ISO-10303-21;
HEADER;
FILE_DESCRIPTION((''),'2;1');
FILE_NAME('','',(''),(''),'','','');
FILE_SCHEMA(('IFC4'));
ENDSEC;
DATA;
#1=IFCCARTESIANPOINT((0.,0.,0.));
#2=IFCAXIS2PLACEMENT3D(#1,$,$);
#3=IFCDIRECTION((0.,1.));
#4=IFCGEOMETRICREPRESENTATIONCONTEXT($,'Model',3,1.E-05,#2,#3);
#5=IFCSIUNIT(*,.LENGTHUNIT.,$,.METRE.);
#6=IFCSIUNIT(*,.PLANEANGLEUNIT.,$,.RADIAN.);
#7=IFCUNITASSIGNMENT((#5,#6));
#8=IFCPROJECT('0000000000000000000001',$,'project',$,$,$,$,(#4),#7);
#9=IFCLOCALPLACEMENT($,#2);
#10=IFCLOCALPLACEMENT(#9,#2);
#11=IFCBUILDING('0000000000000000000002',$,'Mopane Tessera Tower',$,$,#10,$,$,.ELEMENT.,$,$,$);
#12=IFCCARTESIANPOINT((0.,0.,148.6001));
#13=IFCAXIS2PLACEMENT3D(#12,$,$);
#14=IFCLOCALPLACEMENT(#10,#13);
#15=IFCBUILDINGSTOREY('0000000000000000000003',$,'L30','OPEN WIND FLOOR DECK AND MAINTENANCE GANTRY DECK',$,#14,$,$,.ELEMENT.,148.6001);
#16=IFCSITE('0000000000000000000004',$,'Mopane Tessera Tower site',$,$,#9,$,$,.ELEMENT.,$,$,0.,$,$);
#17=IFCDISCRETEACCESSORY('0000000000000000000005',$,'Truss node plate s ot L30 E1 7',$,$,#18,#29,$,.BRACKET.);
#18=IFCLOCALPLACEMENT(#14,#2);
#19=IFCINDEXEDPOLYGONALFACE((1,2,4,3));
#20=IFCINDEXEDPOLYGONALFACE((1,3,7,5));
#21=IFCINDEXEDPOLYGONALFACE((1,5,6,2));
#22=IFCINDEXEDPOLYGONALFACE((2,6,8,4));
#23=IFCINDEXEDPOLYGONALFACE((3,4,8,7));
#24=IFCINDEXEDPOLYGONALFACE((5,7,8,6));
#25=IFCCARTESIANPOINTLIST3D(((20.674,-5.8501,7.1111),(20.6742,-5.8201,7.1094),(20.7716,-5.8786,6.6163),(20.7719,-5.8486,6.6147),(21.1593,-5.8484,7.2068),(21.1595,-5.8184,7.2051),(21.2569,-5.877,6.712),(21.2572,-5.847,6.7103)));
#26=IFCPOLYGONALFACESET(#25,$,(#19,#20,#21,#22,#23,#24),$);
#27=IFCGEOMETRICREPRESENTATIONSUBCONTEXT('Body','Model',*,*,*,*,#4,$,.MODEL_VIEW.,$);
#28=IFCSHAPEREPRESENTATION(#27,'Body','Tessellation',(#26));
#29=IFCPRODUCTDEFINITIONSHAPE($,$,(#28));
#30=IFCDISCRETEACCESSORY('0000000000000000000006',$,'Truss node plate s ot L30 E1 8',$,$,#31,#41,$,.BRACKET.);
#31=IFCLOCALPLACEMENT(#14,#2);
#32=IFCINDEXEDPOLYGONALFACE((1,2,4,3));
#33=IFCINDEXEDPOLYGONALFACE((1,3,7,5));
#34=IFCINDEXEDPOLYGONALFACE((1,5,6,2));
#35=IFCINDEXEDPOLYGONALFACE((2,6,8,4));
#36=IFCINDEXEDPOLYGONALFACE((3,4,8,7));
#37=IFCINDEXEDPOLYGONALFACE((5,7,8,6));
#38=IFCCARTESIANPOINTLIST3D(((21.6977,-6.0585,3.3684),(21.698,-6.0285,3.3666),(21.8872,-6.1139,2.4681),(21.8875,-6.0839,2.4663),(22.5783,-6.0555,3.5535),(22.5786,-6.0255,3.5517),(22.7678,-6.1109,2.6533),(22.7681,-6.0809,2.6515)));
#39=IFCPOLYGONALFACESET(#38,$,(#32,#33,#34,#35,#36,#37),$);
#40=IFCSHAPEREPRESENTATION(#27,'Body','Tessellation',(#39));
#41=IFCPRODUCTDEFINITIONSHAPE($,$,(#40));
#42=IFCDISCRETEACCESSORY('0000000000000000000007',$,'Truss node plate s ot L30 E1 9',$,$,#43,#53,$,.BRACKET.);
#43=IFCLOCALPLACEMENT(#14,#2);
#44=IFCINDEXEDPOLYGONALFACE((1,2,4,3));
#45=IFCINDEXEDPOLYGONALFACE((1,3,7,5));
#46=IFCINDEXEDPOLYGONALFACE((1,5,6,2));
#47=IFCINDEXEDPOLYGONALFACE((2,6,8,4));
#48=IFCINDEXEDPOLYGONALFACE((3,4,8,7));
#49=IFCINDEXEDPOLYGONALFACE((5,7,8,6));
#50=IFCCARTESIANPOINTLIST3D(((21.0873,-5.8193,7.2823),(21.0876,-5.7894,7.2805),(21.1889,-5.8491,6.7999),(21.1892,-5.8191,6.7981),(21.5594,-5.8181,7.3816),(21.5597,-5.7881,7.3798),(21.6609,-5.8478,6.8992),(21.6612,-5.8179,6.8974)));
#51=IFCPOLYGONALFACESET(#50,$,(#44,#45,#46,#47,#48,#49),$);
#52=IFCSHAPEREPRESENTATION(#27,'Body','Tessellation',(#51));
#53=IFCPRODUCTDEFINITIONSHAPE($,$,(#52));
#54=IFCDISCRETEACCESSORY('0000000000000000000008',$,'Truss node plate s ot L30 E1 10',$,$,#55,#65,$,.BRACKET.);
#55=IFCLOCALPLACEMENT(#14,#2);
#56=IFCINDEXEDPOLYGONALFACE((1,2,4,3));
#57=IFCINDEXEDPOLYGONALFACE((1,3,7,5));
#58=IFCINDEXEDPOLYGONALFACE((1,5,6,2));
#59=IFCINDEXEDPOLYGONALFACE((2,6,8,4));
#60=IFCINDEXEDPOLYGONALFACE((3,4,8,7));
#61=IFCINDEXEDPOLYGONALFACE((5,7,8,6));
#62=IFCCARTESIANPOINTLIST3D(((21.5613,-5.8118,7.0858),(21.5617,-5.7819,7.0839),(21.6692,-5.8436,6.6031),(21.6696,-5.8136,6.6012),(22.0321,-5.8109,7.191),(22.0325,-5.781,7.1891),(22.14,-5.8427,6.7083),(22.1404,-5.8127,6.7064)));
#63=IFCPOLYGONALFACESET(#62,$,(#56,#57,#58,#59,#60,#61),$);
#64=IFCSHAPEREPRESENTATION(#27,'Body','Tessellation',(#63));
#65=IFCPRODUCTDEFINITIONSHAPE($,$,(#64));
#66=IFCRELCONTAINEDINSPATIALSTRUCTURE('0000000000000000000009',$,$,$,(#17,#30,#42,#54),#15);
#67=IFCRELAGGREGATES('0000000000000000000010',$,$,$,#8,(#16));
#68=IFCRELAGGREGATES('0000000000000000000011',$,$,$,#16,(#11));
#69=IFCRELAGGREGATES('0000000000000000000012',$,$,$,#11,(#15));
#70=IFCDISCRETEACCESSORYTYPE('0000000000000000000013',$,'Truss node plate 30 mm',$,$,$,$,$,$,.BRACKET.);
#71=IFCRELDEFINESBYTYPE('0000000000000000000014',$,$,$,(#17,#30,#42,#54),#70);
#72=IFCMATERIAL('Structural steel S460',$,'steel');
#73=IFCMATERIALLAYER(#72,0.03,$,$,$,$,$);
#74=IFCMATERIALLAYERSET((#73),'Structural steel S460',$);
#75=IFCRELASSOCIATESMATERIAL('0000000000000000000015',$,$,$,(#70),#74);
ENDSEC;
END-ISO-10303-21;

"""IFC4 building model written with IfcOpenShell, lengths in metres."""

from ifc_helpers import new_model, si_unit, direction, frame, origin, origin_2d, place, context, subcontext, project, spatial, rectangle, extrude, material, layer, layer_set, type_object, element, save


model = new_model("IFC4")

# Units and contexts
model_context = context("Model", 3, precision=1e-05, world=origin(), true_north=direction((0.0, 1.0)))
body_context = subcontext(model_context, "Body", "Model", "MODEL_VIEW")
ifc_project = project(units=[si_unit("LENGTHUNIT", "METRE"), si_unit("PLANEANGLEUNIT", "RADIAN")], contexts=[model_context])

# Site, building, storey
site_placement = place(None, origin())
site = spatial("IfcSite", under=ifc_project, at=site_placement, Name="Mopane Tessera Tower site", CompositionType="ELEMENT", RefElevation=0.0)
building_placement = place(site_placement, origin())
building = spatial("IfcBuilding", under=site, at=building_placement, Name="Mopane Tessera Tower", CompositionType="ELEMENT")
storey_placement = place(building_placement, frame((0.0, 0.0, 148.6001)))
storey = spatial("IfcBuildingStorey", under=building, at=storey_placement, Name="L30", Description="OPEN WIND FLOOR DECK AND MAINTENANCE GANTRY DECK", CompositionType="ELEMENT", Elevation=148.6001)

# Discrete accessories
ifc_material_1 = material(Name="Structural steel S460", Category="steel")
ifc_layer_1 = layer(ifc_material_1, 0.03)
ifc_layer_set_1 = layer_set([ifc_layer_1], Name="Structural steel S460")
discrete_accessory_type_1 = type_object("IfcDiscreteAccessoryType", Name="Truss node plate 30 mm", PredefinedType="BRACKET", material=ifc_layer_set_1)
discrete_accessory_1_placement = place(storey_placement, frame((21.0144, -5.8628, 6.6633), z_axis=(-0.193293, 0.056538, 0.979511), x_axis=(0.007652, 0.998395, -0.056118)))
element("IfcDiscreteAccessory", 1, at=discrete_accessory_1_placement, inside=storey, type_object=discrete_accessory_type_1, Name="Truss node plate s ot L30 E1 7", PredefinedType="BRACKET", context=body_context, shape_type="SweptSolid", body=[
    extrude(rectangle(XDim=0.03, YDim=0.4946, at=origin_2d()), origin(), (0.0, 0.0, 1.0), 0.5051),
])
discrete_accessory_2_placement = place(storey_placement, frame((22.3276, -6.0974, 2.5598), z_axis=(-0.205584, 0.060139, 0.97679), x_axis=(0.009145, 0.998185, -0.059531)))
element("IfcDiscreteAccessory", 2, at=discrete_accessory_2_placement, inside=storey, type_object=discrete_accessory_type_1, Name="Truss node plate s ot L30 E1 8", PredefinedType="BRACKET", context=body_context, shape_type="SweptSolid", body=[
    extrude(rectangle(XDim=0.03, YDim=0.8999, at=origin_2d()), origin(), (0.0, 0.0, 1.0), 0.9216),
])
discrete_accessory_3_placement = place(storey_placement, frame((21.425, -5.8335, 6.8486), z_axis=(-0.205636, 0.060307, 0.976769), x_axis=(0.009834, 0.998176, -0.059558)))
element("IfcDiscreteAccessory", 3, at=discrete_accessory_3_placement, inside=storey, type_object=discrete_accessory_type_1, Name="Truss node plate s ot L30 E1 9", PredefinedType="BRACKET", context=body_context, shape_type="SweptSolid", body=[
    extrude(rectangle(XDim=0.03, YDim=0.4824, at=origin_2d()), origin(), (0.0, 0.0, 1.0), 0.4939),
])
discrete_accessory_4_placement = place(storey_placement, frame((21.9048, -5.8281, 6.6548), z_axis=(-0.217737, 0.06404, 0.973904), x_axis=(0.01214, 0.997946, -0.062907)))
element("IfcDiscreteAccessory", 4, at=discrete_accessory_4_placement, inside=storey, type_object=discrete_accessory_type_1, Name="Truss node plate s ot L30 E1 10", PredefinedType="BRACKET", context=body_context, shape_type="SweptSolid", body=[
    extrude(rectangle(XDim=0.03, YDim=0.4824, at=origin_2d()), origin(), (0.0, 0.0, 1.0), 0.4956),
])

save(model, "model.ifc")
